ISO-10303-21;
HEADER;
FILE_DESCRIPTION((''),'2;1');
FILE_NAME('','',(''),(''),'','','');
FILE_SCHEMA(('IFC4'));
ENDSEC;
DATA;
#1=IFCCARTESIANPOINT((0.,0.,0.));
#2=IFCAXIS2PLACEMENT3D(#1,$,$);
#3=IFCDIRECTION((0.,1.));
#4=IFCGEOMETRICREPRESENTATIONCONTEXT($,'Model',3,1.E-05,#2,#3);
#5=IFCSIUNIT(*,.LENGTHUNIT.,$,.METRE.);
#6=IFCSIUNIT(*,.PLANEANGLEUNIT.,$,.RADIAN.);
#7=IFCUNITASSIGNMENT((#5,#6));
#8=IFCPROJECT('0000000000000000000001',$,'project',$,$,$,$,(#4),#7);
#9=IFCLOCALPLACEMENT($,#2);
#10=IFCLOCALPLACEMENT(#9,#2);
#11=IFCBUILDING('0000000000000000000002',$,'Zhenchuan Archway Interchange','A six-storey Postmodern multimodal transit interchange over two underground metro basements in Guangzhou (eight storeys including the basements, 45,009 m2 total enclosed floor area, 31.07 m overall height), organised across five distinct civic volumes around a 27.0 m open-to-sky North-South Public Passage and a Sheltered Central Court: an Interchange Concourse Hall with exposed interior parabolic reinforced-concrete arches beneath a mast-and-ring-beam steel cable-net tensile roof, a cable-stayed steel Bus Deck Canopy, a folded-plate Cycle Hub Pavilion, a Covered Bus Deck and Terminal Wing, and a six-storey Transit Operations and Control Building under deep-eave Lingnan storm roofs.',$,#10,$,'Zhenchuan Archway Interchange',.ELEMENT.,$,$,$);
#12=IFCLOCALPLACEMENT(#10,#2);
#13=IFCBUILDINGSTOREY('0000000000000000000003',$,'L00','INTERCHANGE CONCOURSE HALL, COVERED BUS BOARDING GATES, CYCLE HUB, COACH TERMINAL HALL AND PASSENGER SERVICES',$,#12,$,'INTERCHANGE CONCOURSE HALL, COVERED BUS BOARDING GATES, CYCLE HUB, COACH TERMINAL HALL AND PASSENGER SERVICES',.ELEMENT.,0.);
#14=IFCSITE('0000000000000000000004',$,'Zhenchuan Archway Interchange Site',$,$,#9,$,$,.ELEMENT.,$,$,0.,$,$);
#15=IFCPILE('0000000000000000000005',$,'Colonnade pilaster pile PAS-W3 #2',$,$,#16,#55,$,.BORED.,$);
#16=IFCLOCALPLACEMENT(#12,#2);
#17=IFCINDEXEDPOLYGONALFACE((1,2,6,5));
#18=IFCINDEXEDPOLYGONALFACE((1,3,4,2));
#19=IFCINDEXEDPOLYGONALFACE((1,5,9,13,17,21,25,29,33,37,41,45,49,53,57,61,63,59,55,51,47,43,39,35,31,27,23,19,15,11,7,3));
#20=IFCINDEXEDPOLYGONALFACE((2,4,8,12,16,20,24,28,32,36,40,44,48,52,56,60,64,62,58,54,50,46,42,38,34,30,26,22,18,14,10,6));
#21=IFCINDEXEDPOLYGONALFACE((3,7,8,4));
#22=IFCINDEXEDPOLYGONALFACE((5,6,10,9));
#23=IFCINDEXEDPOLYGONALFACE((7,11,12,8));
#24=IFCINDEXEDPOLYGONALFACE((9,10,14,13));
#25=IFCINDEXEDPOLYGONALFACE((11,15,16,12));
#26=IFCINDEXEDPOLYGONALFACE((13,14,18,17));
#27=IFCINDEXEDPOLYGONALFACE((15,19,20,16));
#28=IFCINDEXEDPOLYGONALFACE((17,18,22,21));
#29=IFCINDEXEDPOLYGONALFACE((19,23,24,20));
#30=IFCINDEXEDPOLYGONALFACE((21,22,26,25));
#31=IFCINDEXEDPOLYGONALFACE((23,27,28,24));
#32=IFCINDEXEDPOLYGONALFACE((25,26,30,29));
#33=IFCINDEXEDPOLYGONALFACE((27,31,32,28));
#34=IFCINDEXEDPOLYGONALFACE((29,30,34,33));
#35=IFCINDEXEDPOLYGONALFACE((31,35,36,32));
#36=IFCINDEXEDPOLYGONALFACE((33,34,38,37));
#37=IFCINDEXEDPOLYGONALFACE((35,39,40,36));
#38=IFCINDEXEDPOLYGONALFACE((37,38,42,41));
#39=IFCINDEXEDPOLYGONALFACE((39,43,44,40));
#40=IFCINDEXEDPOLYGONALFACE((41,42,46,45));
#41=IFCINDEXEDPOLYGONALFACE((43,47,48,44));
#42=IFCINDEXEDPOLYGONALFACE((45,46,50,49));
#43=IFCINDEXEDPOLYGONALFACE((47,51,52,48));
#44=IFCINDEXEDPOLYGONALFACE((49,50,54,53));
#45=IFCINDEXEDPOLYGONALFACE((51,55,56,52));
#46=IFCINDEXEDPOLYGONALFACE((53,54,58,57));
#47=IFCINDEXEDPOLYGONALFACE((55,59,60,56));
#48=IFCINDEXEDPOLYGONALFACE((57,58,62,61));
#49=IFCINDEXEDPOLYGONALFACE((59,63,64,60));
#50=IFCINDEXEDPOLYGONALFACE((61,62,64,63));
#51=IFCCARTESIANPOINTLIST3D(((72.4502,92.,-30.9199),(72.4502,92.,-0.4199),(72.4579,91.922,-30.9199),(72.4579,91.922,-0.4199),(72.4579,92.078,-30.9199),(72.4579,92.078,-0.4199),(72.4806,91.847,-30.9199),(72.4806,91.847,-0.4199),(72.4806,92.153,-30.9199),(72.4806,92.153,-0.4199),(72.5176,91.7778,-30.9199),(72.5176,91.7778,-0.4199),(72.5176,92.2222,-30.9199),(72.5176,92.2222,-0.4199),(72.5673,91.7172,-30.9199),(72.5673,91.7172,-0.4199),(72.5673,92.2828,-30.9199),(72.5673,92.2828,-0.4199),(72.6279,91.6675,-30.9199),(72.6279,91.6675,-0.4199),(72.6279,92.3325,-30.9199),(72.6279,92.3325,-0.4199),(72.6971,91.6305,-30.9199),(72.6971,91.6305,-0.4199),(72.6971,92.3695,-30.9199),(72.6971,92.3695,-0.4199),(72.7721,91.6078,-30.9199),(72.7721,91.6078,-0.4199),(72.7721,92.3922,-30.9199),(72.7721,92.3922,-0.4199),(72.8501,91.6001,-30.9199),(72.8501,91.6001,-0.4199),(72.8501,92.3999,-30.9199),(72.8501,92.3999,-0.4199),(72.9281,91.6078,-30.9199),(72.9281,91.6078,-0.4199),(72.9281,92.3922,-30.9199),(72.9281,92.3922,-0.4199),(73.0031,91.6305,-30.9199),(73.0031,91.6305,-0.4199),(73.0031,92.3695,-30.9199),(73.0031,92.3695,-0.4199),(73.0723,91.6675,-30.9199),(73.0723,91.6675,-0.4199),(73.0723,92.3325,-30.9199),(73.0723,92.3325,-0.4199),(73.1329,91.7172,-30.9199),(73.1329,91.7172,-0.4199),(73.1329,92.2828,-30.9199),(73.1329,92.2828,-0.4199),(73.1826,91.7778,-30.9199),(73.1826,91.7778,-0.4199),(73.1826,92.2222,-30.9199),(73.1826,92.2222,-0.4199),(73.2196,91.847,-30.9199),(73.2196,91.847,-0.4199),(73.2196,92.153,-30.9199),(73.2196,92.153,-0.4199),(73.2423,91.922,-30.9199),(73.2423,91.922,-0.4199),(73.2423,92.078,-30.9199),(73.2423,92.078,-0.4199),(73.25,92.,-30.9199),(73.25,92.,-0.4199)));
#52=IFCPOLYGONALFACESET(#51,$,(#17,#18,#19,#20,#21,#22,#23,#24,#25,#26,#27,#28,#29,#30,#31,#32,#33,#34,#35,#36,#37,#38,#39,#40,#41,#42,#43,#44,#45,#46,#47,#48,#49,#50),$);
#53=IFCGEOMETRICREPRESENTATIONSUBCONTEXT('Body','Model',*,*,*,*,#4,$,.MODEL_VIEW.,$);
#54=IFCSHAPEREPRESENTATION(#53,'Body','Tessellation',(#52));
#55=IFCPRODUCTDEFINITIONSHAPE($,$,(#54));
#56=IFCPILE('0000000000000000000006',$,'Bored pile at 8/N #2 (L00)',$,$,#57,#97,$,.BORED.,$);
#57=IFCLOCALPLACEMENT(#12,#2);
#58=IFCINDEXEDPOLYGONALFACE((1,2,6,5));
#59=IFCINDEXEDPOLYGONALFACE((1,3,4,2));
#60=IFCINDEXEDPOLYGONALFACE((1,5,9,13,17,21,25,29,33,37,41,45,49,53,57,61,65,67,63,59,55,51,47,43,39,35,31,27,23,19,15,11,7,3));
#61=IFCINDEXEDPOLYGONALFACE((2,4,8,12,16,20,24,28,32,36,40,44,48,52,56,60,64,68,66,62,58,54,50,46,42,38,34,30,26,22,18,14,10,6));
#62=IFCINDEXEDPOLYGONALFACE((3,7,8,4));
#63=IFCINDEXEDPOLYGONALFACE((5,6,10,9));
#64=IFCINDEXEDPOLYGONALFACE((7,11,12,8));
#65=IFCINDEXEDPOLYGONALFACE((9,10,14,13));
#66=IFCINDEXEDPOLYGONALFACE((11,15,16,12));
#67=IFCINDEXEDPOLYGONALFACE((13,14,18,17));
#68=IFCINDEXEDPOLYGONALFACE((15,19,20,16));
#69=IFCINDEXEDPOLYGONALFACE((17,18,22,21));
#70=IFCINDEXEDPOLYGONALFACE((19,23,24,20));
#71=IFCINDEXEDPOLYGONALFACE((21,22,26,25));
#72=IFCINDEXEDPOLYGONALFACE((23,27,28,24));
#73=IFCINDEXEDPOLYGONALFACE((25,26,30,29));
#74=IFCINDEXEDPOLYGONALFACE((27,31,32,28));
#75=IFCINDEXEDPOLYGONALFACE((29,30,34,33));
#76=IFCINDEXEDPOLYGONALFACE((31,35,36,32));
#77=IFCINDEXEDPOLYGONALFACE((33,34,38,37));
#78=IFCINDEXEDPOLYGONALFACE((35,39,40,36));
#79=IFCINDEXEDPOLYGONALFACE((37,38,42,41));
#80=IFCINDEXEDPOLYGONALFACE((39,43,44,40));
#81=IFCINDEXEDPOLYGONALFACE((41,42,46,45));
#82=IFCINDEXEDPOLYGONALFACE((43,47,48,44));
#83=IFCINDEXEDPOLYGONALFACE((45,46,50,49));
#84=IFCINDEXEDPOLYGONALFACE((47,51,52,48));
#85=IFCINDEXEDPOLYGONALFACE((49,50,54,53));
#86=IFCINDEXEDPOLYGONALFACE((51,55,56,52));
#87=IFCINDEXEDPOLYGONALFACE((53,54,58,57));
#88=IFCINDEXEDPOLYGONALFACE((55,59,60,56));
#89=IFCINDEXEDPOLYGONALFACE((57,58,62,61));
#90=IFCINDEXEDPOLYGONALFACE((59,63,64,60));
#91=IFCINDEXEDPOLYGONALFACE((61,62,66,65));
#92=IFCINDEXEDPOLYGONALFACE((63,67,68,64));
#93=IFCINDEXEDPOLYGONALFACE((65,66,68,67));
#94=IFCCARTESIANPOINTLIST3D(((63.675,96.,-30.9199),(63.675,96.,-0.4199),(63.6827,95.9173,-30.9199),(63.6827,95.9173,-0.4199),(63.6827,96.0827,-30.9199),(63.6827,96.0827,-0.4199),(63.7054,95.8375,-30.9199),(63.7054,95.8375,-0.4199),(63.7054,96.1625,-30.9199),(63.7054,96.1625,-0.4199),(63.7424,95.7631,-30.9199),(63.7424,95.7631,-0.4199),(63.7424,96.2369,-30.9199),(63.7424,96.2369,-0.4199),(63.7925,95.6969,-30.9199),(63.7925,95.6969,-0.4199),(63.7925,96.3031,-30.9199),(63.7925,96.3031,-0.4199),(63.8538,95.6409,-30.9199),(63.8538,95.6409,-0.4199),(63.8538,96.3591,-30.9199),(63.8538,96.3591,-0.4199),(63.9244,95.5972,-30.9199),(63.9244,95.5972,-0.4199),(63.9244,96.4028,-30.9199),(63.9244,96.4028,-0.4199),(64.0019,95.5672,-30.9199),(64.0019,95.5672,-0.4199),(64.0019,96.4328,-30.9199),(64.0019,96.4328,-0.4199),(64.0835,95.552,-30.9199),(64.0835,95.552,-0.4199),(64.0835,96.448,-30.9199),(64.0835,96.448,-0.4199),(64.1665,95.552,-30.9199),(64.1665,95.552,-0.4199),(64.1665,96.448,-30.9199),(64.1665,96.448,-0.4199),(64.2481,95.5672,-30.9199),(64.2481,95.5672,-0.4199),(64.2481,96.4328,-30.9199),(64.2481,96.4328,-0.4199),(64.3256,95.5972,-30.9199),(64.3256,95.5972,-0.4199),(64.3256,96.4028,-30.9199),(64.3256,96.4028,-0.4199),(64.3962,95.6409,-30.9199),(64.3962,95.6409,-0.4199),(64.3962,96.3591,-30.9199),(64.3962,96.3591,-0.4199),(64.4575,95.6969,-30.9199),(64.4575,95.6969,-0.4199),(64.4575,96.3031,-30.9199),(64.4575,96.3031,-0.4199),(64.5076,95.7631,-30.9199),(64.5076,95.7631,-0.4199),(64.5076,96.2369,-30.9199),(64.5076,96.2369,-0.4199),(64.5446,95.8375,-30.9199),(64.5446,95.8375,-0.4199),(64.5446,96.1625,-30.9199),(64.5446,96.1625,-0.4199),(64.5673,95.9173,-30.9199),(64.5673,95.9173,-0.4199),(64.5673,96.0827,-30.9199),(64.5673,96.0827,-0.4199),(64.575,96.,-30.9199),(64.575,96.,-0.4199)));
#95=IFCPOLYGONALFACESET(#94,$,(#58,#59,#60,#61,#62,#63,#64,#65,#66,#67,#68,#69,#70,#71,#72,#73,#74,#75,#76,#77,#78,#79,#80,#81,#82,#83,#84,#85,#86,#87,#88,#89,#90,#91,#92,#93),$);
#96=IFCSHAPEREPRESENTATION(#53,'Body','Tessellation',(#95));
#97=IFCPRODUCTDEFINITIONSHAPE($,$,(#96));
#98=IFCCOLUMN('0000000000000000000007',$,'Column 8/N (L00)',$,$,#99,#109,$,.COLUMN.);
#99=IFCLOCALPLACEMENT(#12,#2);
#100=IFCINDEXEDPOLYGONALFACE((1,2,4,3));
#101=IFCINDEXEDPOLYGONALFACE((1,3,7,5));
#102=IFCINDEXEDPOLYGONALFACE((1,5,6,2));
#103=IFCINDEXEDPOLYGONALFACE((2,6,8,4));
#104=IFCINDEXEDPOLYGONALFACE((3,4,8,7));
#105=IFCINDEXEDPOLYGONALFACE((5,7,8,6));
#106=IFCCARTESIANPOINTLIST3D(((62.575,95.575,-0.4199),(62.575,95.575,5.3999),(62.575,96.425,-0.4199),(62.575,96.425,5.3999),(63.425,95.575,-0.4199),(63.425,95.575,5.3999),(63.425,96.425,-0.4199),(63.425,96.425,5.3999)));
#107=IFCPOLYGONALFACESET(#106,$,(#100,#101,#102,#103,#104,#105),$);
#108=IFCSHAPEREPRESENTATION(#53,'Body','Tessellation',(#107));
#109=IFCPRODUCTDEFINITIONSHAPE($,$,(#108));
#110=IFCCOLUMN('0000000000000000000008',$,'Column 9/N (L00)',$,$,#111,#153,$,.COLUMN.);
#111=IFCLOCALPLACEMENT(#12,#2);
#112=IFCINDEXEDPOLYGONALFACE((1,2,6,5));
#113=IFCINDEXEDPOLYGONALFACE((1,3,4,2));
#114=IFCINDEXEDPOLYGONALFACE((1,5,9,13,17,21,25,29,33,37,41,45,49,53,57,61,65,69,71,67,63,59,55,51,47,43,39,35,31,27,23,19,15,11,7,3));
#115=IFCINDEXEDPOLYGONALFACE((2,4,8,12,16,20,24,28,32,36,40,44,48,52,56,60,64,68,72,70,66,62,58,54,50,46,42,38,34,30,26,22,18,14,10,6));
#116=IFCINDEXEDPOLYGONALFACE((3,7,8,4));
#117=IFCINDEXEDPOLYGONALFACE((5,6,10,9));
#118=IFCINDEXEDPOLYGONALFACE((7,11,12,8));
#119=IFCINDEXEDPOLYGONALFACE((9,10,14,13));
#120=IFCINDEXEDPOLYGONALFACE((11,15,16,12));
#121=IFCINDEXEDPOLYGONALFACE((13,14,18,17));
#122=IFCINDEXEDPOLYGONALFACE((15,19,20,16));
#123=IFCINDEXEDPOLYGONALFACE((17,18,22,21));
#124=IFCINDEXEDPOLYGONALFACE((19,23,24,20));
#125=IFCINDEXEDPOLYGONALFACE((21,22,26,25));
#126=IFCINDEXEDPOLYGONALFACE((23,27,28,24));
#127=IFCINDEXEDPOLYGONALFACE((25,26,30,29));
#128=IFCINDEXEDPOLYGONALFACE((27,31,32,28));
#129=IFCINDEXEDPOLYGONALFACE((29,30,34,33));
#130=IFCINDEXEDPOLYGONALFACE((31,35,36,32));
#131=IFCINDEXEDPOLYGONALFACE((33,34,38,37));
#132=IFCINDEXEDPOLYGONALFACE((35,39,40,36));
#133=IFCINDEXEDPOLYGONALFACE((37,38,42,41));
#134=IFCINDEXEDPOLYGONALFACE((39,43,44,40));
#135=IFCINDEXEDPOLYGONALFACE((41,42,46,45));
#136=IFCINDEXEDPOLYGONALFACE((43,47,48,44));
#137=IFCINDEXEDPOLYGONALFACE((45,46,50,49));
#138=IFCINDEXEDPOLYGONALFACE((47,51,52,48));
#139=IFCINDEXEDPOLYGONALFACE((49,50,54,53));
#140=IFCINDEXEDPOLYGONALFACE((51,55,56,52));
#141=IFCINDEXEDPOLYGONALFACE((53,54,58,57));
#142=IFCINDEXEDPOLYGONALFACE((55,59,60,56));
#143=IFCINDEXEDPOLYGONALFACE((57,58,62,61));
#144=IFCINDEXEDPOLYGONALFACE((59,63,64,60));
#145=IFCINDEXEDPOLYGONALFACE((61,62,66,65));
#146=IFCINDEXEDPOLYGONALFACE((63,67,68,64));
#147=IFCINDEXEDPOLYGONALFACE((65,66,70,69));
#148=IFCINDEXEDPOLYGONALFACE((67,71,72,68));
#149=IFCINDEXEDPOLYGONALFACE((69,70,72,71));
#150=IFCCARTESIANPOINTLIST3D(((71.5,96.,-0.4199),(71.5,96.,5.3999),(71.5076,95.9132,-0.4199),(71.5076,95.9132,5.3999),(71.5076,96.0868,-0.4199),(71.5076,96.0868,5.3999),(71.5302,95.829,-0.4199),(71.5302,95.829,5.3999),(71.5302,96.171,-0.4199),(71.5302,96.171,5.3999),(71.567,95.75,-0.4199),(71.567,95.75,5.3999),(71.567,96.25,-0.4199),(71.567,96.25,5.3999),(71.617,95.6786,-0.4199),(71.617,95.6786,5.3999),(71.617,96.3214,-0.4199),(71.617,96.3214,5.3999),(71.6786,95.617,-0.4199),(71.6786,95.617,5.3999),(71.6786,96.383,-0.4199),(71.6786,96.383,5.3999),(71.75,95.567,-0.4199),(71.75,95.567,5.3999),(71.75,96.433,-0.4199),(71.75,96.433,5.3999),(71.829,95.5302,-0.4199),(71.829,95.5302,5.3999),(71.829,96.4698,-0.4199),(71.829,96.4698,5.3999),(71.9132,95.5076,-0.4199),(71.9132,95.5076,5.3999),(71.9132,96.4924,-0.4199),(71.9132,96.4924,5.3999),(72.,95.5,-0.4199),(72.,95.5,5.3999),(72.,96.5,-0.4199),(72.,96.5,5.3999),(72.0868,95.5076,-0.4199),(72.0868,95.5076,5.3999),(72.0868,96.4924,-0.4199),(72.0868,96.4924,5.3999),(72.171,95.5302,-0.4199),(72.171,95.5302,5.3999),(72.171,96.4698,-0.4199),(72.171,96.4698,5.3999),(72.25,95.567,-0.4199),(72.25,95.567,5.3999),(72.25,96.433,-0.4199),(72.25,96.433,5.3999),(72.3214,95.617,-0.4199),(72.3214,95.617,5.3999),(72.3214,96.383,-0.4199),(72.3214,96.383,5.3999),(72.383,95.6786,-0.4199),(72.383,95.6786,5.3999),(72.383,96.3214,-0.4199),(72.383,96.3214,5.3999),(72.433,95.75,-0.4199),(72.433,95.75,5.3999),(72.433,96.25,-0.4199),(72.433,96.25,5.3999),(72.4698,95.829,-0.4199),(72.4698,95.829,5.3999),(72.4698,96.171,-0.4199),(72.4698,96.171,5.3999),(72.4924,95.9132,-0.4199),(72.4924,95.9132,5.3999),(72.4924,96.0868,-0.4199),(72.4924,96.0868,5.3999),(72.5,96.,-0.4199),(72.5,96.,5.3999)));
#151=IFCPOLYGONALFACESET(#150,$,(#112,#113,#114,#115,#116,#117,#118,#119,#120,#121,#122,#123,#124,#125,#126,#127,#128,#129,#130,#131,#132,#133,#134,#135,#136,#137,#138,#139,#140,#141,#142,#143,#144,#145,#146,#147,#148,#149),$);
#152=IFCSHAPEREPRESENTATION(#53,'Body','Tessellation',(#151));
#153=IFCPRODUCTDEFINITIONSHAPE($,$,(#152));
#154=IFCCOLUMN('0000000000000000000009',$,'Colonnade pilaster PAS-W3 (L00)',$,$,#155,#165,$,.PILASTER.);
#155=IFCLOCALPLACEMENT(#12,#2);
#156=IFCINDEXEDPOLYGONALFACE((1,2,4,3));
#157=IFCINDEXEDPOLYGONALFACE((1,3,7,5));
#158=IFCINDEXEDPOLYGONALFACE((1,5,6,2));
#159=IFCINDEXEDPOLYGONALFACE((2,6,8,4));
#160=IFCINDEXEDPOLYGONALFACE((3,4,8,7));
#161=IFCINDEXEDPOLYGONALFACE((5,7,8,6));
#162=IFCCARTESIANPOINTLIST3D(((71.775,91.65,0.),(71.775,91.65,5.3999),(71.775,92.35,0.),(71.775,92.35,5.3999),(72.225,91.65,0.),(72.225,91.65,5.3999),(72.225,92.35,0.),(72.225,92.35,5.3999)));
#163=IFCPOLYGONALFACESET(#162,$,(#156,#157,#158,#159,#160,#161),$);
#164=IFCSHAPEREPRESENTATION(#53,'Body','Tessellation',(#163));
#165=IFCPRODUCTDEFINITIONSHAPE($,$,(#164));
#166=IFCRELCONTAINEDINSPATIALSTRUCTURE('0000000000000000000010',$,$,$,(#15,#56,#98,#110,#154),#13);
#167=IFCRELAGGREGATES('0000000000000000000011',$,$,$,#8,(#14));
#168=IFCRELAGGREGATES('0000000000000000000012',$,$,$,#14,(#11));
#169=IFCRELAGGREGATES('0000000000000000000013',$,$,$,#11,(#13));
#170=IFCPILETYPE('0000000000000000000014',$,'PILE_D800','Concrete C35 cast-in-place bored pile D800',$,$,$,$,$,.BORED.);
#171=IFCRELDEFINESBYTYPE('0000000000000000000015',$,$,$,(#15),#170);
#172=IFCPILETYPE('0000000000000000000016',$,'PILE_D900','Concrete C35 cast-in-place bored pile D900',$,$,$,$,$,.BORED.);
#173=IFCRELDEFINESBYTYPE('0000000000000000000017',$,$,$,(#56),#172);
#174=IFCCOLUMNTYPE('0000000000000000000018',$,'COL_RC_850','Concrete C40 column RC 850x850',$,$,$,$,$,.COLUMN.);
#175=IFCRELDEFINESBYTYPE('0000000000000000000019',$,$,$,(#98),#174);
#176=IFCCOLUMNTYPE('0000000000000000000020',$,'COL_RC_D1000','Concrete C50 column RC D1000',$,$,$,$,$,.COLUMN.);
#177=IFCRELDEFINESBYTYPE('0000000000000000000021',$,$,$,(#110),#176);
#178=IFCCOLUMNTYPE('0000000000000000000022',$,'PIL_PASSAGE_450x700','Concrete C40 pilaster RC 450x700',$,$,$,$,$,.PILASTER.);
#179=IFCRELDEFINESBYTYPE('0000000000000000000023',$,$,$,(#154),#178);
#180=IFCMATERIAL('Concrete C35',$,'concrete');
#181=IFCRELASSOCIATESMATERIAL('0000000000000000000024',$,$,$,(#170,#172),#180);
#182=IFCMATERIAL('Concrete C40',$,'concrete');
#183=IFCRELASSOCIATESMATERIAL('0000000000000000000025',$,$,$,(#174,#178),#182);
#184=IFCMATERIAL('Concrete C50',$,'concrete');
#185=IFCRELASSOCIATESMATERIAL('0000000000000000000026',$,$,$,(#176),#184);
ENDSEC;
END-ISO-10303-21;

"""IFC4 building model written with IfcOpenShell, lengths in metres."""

from ifc_helpers import new_model, si_unit, direction, frame, origin, origin_2d, place, context, subcontext, project, spatial, rectangle, circle, extrude, material, material_profile, profile_set, type_object, element, save


model = new_model("IFC4")

# Units and contexts
model_context = context("Model", 3, precision=1e-05, world=origin(), true_north=direction((0.0, 1.0)))
body_context = subcontext(model_context, "Body", "Model", "MODEL_VIEW")
ifc_project = project(units=[si_unit("LENGTHUNIT", "METRE"), si_unit("PLANEANGLEUNIT", "RADIAN")], contexts=[model_context])

# Site, building, storey
site_placement = place(None, origin())
site = spatial("IfcSite", under=ifc_project, at=site_placement, Name="Zhenchuan Archway Interchange Site", CompositionType="ELEMENT", RefElevation=0.0)
building_placement = place(site_placement, origin())
building = spatial("IfcBuilding", under=site, at=building_placement, Name="Zhenchuan Archway Interchange", Description="A six-storey Postmodern multimodal transit interchange over two underground metro basements in Guangzhou (eight storeys including the basements, 45,009 m2 total enclosed floor area, 31.07 m overall height), organised across five distinct civic volumes around a 27.0 m open-to-sky North-South Public Passage and a Sheltered Central Court: an Interchange Concourse Hall with exposed interior parabolic reinforced-concrete arches beneath a mast-and-ring-beam steel cable-net tensile roof, a cable-stayed steel Bus Deck Canopy, a folded-plate Cycle Hub Pavilion, a Covered Bus Deck and Terminal Wing, and a six-storey Transit Operations and Control Building under deep-eave Lingnan storm roofs.", LongName="Zhenchuan Archway Interchange", CompositionType="ELEMENT")
storey_placement = place(building_placement, origin())
storey = spatial("IfcBuildingStorey", under=building, at=storey_placement, Name="L00", Description="INTERCHANGE CONCOURSE HALL, COVERED BUS BOARDING GATES, CYCLE HUB, COACH TERMINAL HALL AND PASSENGER SERVICES", LongName="INTERCHANGE CONCOURSE HALL, COVERED BUS BOARDING GATES, CYCLE HUB, COACH TERMINAL HALL AND PASSENGER SERVICES", CompositionType="ELEMENT", Elevation=0.0)

# Shared definitions
ifc_material_1 = material(Name="Concrete C40", Category="concrete")

# Piles
ifc_material_2 = material(Name="Concrete C35", Category="concrete")
ifc_material_profile_1 = material_profile(ifc_material_2, circle(Radius=0.3999, at=origin_2d()), Name="BORED PILE 800")
ifc_profile_set_1 = profile_set([ifc_material_profile_1], Name="Concrete C35")
pile_type_1 = type_object("IfcPileType", Name="PILE_D800", Description="Concrete C35 cast-in-place bored pile D800", PredefinedType="BORED", material=ifc_profile_set_1)
for number, where, z_axis, x_axis, name in (
    (1, (72.8501, 92.0, -0.4199), (0.0, 0.0, -1.0), (1.0, 0.0, 0.0), "Colonnade pilaster pile PAS-W3 #2"),
):
    element("IfcPile", number, at=place(storey_placement, frame(where, z_axis=z_axis, x_axis=x_axis)), inside=storey, type_object=pile_type_1, Name=name, PredefinedType="BORED", context=body_context, shape_type="SweptSolid", body=[
        extrude(circle(Radius=0.3999, at=origin_2d()), origin(), (0.0, 0.0, 1.0), 30.5),
    ])
ifc_material_profile_2 = material_profile(ifc_material_2, circle(Radius=0.45, at=origin_2d()), Name="BORED PILE 900")
ifc_profile_set_2 = profile_set([ifc_material_profile_2], Name="Concrete C35")
pile_type_2 = type_object("IfcPileType", Name="PILE_D900", Description="Concrete C35 cast-in-place bored pile D900", PredefinedType="BORED", material=ifc_profile_set_2)
pile_placement = place(storey_placement, frame((64.125, 96.0, -0.4199), z_axis=(0.0, 0.0, -1.0), x_axis=(1.0, 0.0, 0.0)))
element("IfcPile", 2, at=pile_placement, inside=storey, type_object=pile_type_2, Name="Bored pile at 8/N #2 (L00)", PredefinedType="BORED", context=body_context, shape_type="SweptSolid", body=[
    extrude(circle(Radius=0.45, at=origin_2d()), origin(), (0.0, 0.0, 1.0), 30.5),
])

# Columns
ifc_material_profile_3 = material_profile(ifc_material_1, rectangle(XDim=0.8501, YDim=0.8501, at=origin_2d()), Name="RC 850x850")
ifc_profile_set_3 = profile_set([ifc_material_profile_3], Name="Concrete C40")
column_type_1 = type_object("IfcColumnType", Name="COL_RC_850", Description="Concrete C40 column RC 850x850", PredefinedType="COLUMN", material=ifc_profile_set_3)
column_1_placement = place(storey_placement, frame((63.0, 96.0, -0.4199), z_axis=(0.0, 0.0, 1.0), x_axis=(1.0, 0.0, 0.0)))
element("IfcColumn", 3, at=column_1_placement, inside=storey, type_object=column_type_1, Name="Column 8/N (L00)", PredefinedType="COLUMN", context=body_context, shape_type="SweptSolid", body=[
    extrude(rectangle(XDim=0.8501, YDim=0.8501, at=origin_2d()), origin(), (0.0, 0.0, 1.0), 5.8198),
])
ifc_material_3 = material(Name="Concrete C50", Category="concrete")
ifc_material_profile_4 = material_profile(ifc_material_3, circle(Radius=0.5, at=origin_2d()), Name="RC D1000")
ifc_profile_set_4 = profile_set([ifc_material_profile_4], Name="Concrete C50")
column_type_2 = type_object("IfcColumnType", Name="COL_RC_D1000", Description="Concrete C50 column RC D1000", PredefinedType="COLUMN", material=ifc_profile_set_4)
column_2_placement = place(storey_placement, frame((72.0, 96.0, -0.4199), z_axis=(0.0, 0.0, 1.0), x_axis=(1.0, 0.0, 0.0)))
element("IfcColumn", 4, at=column_2_placement, inside=storey, type_object=column_type_2, Name="Column 9/N (L00)", PredefinedType="COLUMN", context=body_context, shape_type="SweptSolid", body=[
    extrude(circle(Radius=0.5, at=origin_2d()), origin(), (0.0, 0.0, 1.0), 5.8198),
])
ifc_material_profile_5 = material_profile(ifc_material_1, rectangle(XDim=0.45, YDim=0.7, at=origin_2d()), Name="RC 450x700")
ifc_profile_set_5 = profile_set([ifc_material_profile_5], Name="Concrete C40")
column_type_3 = type_object("IfcColumnType", Name="PIL_PASSAGE_450x700", Description="Concrete C40 pilaster RC 450x700", PredefinedType="PILASTER", material=ifc_profile_set_5)
column_3_placement = place(storey_placement, frame((72.0, 92.0, 0.0), z_axis=(0.0, 0.0, 1.0), x_axis=(1.0, 0.0, 0.0)))
element("IfcColumn", 5, at=column_3_placement, inside=storey, type_object=column_type_3, Name="Colonnade pilaster PAS-W3 (L00)", PredefinedType="PILASTER", context=body_context, shape_type="SweptSolid", body=[
    extrude(rectangle(XDim=0.45, YDim=0.7, at=origin_2d()), origin(), (0.0, 0.0, 1.0), 5.3999),
])

save(model, "model.ifc")
